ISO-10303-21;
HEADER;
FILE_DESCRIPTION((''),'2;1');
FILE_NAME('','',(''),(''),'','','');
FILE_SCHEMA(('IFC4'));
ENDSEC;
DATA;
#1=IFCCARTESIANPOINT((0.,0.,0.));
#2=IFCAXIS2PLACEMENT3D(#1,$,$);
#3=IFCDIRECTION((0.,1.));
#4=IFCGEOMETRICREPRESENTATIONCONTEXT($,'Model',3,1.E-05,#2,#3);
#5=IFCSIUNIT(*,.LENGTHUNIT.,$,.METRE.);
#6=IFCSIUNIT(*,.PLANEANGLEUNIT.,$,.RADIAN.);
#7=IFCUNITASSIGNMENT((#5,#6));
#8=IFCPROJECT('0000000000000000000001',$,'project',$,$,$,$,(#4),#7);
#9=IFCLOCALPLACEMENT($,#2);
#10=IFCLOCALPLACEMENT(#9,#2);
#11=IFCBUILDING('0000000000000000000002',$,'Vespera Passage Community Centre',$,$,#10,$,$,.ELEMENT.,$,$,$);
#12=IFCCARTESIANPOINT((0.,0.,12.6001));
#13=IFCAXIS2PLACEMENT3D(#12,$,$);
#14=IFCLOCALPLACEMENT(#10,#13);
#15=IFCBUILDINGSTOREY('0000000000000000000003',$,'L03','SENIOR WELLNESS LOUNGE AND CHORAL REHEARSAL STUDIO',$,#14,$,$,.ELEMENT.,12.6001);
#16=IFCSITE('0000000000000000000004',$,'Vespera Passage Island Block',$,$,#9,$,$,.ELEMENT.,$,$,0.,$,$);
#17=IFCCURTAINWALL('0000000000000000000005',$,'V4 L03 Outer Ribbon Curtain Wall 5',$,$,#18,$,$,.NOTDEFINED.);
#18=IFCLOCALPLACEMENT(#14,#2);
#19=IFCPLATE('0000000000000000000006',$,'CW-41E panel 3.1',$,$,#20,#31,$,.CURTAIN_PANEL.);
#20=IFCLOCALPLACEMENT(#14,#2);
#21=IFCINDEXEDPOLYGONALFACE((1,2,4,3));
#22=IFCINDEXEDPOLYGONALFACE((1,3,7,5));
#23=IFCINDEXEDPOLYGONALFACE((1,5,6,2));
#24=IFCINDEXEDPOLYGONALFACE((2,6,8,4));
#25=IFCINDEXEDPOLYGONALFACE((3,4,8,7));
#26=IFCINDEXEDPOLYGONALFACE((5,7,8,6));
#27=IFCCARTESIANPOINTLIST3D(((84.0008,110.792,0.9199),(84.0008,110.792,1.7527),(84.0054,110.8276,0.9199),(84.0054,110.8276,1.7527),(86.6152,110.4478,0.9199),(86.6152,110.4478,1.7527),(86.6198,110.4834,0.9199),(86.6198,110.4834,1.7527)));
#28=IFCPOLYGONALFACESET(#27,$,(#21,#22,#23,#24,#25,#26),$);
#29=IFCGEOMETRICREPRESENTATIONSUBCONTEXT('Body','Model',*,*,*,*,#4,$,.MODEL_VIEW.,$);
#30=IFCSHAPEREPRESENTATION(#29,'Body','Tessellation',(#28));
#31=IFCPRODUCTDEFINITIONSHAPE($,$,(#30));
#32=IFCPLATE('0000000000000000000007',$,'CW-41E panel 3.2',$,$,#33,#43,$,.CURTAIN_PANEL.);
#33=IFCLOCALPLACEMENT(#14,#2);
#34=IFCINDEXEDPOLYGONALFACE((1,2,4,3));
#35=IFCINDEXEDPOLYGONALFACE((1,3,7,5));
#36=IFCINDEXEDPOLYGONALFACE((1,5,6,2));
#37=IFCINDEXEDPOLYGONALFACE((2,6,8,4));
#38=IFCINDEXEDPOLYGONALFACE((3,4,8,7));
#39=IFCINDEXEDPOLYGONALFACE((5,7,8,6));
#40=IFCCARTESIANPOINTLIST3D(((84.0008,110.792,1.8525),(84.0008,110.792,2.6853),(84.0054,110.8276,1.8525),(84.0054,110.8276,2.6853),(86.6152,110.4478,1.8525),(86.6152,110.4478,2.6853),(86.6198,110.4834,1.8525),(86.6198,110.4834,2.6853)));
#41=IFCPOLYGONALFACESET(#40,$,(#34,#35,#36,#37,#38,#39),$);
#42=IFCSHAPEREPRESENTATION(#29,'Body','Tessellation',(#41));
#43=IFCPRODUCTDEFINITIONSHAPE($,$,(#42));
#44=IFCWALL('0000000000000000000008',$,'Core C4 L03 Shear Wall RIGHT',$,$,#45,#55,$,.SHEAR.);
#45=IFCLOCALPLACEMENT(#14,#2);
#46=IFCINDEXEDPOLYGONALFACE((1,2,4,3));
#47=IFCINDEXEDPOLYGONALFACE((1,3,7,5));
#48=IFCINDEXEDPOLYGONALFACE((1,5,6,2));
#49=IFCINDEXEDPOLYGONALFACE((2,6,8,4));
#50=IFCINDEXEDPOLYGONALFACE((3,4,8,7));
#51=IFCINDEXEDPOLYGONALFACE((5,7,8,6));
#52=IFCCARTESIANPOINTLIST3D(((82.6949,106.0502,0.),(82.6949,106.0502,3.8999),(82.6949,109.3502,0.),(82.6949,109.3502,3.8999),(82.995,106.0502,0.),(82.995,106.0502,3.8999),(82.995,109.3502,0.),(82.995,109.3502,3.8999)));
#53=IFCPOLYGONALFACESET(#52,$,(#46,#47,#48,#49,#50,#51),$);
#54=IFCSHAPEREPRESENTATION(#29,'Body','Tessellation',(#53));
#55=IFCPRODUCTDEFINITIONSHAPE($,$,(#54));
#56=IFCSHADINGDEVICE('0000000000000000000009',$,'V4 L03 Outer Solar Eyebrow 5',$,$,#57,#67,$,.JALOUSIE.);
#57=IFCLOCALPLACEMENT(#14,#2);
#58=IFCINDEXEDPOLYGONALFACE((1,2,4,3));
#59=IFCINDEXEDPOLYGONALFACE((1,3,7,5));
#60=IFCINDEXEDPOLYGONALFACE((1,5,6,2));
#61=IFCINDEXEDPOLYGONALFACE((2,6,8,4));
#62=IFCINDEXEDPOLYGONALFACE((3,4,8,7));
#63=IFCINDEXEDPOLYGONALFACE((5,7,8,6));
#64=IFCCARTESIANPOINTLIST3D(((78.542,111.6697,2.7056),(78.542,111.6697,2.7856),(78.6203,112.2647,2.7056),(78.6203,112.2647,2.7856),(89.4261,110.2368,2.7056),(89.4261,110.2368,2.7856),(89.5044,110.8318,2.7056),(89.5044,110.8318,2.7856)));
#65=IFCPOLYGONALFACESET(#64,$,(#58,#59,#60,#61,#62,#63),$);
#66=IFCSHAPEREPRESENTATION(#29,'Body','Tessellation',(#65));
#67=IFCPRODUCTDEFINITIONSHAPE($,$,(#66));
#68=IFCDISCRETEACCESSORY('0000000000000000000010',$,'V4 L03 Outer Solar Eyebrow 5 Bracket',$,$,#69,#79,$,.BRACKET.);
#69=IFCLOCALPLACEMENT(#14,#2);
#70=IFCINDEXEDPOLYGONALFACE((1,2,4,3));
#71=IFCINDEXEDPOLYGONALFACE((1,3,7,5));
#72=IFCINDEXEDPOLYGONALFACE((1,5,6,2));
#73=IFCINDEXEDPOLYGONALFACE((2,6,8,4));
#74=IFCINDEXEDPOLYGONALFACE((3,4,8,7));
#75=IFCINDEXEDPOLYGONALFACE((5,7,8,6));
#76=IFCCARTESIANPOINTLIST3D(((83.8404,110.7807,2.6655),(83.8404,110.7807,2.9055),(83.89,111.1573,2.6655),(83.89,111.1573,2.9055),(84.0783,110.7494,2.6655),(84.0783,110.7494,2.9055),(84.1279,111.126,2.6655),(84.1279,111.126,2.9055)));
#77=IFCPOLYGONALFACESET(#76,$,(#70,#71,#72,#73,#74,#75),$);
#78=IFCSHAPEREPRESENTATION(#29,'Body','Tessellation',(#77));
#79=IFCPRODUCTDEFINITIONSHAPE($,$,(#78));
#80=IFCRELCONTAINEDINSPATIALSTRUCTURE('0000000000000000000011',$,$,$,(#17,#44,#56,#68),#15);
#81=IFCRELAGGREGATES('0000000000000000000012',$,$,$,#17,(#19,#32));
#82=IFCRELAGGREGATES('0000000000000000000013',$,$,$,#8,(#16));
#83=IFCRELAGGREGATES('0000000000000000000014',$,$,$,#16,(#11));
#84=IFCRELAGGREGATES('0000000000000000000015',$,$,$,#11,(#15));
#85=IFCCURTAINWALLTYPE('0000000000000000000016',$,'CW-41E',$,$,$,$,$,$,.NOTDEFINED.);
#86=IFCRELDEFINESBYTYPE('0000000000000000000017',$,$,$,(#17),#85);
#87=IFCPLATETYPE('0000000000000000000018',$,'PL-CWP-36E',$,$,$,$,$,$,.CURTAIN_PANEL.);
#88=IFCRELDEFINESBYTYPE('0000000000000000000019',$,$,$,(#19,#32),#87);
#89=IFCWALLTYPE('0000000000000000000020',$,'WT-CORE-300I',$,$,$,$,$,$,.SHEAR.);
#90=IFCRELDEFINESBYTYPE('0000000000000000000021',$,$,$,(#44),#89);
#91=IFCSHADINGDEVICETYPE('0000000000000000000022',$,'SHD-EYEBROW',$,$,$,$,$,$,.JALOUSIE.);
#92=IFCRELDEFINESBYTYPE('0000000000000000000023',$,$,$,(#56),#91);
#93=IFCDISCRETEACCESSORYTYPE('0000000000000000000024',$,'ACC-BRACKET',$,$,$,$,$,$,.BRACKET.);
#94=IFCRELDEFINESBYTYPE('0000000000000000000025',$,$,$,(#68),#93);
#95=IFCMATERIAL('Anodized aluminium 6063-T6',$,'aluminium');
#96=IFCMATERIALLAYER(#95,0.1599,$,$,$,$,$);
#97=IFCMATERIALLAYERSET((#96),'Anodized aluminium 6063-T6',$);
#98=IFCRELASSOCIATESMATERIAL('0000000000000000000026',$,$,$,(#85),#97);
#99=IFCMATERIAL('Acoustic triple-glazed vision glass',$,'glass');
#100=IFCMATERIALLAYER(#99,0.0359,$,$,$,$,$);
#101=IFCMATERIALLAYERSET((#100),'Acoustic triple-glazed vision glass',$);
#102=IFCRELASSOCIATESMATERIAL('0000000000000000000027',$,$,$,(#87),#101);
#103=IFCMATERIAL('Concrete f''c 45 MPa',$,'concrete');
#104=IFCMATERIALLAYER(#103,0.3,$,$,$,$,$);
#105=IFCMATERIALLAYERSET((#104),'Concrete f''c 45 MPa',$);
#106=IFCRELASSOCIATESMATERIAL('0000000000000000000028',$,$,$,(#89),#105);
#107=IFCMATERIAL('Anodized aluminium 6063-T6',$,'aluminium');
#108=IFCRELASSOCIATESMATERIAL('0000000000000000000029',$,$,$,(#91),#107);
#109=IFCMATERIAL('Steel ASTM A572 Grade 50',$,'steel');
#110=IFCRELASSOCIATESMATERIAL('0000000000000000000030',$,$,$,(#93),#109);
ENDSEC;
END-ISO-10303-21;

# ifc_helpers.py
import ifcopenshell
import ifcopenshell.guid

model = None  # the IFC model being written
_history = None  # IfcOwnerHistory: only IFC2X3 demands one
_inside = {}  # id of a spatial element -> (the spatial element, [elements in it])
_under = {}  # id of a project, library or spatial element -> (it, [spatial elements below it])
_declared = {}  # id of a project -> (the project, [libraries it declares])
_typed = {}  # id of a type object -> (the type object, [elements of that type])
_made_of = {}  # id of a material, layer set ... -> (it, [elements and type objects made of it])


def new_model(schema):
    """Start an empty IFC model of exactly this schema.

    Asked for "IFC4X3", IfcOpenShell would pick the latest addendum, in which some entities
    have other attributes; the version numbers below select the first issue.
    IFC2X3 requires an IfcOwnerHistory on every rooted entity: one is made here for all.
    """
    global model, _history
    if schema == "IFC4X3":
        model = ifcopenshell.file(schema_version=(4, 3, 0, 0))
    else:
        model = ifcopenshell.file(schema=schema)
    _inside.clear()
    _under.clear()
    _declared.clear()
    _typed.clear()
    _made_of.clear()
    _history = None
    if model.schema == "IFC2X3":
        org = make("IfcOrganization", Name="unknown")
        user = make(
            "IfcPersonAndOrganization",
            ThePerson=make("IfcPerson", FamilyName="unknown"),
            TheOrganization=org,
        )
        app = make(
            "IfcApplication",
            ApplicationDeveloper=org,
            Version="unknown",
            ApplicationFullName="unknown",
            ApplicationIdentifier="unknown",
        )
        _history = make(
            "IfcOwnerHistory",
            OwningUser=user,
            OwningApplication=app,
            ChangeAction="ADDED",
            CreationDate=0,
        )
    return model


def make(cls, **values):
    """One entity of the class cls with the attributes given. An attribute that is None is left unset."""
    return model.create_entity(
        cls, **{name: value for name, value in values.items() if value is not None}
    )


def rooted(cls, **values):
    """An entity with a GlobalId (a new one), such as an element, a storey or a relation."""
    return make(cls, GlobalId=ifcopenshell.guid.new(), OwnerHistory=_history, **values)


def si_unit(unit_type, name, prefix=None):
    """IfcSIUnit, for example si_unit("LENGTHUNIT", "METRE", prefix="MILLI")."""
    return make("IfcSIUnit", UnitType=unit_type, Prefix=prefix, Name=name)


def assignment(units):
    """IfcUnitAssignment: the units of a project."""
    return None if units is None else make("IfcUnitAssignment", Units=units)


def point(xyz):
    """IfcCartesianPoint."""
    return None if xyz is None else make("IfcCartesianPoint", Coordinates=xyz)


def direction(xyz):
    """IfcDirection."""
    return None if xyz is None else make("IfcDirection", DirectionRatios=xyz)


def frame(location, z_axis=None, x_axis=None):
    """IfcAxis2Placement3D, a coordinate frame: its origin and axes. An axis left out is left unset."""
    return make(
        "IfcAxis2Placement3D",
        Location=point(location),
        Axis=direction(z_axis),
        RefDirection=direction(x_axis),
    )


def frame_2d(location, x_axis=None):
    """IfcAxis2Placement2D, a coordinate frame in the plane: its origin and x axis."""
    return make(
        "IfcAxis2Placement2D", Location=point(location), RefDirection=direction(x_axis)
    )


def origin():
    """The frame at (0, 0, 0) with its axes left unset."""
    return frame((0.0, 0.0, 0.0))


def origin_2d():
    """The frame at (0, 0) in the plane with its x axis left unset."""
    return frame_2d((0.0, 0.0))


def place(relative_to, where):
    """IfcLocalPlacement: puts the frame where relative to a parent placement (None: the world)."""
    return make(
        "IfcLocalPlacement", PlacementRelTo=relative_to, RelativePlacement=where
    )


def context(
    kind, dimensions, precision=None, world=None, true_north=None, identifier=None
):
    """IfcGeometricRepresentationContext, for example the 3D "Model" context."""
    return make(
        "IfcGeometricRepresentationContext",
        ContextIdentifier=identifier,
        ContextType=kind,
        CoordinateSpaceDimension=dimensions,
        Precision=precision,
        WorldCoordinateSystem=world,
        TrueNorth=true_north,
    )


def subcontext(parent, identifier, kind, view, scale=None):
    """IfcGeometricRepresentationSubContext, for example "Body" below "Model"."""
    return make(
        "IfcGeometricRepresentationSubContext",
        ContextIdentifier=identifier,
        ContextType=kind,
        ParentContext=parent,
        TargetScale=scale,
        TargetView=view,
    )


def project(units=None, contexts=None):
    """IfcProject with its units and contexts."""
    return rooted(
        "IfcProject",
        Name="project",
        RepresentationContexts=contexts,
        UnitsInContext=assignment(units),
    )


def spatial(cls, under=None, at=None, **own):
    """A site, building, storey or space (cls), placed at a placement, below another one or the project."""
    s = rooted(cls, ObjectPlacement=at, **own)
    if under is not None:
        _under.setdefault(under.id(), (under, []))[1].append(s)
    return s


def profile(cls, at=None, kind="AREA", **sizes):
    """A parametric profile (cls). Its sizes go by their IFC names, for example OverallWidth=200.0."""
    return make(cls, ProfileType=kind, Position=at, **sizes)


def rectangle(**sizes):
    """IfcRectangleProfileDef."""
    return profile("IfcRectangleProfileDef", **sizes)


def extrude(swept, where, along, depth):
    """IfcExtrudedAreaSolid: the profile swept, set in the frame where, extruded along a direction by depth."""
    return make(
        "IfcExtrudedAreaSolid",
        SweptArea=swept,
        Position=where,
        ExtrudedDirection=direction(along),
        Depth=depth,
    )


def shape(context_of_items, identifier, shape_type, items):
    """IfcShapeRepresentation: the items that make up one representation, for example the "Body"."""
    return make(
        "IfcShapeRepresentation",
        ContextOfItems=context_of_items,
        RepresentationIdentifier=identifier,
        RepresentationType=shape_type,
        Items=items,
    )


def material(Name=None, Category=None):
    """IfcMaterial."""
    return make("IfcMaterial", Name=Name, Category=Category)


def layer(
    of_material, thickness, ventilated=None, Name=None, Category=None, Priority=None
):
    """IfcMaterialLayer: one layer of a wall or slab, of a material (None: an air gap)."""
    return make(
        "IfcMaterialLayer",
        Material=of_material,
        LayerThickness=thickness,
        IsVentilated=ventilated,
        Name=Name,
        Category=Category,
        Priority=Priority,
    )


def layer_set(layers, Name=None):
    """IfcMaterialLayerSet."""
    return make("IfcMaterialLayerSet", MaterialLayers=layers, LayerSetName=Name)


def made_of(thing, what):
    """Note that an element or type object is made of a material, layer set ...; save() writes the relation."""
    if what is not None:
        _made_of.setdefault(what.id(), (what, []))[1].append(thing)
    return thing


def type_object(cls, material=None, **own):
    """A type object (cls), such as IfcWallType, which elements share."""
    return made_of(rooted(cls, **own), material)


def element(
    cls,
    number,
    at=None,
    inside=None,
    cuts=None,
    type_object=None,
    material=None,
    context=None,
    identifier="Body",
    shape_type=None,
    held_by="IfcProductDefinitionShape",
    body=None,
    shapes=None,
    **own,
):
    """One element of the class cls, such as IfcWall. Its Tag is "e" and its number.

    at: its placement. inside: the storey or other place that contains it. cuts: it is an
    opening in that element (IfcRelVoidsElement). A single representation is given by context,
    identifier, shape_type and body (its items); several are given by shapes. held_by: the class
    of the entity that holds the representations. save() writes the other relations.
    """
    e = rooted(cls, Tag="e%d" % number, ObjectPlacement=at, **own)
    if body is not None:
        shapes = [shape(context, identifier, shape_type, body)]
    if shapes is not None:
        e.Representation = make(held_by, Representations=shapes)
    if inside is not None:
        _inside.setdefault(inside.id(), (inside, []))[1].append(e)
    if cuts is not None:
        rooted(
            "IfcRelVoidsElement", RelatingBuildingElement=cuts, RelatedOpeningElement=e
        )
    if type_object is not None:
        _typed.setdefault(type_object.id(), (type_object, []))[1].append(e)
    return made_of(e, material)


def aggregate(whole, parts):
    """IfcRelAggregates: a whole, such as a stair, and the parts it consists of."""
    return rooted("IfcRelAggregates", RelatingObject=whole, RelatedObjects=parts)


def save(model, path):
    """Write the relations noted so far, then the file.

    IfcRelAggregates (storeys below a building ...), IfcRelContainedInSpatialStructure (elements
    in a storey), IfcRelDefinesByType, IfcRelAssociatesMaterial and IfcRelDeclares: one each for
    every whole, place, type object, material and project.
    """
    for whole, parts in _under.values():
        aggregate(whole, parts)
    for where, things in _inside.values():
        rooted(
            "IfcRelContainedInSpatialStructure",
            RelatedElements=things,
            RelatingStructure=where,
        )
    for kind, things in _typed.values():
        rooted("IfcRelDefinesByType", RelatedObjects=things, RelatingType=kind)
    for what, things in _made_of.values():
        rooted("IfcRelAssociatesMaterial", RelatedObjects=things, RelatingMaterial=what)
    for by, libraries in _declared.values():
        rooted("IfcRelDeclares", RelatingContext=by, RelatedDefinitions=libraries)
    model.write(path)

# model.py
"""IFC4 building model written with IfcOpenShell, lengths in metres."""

from ifc_helpers import new_model, si_unit, direction, frame, frame_2d, origin, origin_2d, place, context, subcontext, project, spatial, rectangle, extrude, material, layer, layer_set, type_object, element, aggregate, save


model = new_model("IFC4")

# Units and contexts
model_context = context("Model", 3, precision=1e-05, world=origin(), true_north=direction((0.0, 1.0)))
body_context = subcontext(model_context, "Body", "Model", "MODEL_VIEW")
ifc_project = project(units=[si_unit("LENGTHUNIT", "METRE"), si_unit("PLANEANGLEUNIT", "RADIAN")], contexts=[model_context])

# Site, building, storey
site_placement = place(None, origin())
site = spatial("IfcSite", under=ifc_project, at=site_placement, Name="Vespera Passage Island Block", CompositionType="ELEMENT", RefElevation=0.0)
building_placement = place(site_placement, origin())
building = spatial("IfcBuilding", under=site, at=building_placement, Name="Vespera Passage Community Centre", CompositionType="ELEMENT")
storey_placement = place(building_placement, frame((0.0, 0.0, 12.6001)))
storey = spatial("IfcBuildingStorey", under=building, at=storey_placement, Name="L03", Description="SENIOR WELLNESS LOUNGE AND CHORAL REHEARSAL STUDIO", CompositionType="ELEMENT", Elevation=12.6001)

# Curtain wall, plates
ifc_material_1 = material(Name="Anodized aluminium 6063-T6", Category="aluminium")
ifc_layer_1 = layer(ifc_material_1, 0.1599)
ifc_layer_set_1 = layer_set([ifc_layer_1], Name="Anodized aluminium 6063-T6")
curtain_wall_type = type_object("IfcCurtainWallType", Name="CW-41E", PredefinedType="NOTDEFINED", material=ifc_layer_set_1)
curtain_wall_placement = place(storey_placement, origin())
curtain_wall = element("IfcCurtainWall", 1, at=curtain_wall_placement, inside=storey, type_object=curtain_wall_type, Name="V4 L03 Outer Ribbon Curtain Wall 5", PredefinedType="NOTDEFINED")
ifc_material_2 = material(Name="Acoustic triple-glazed vision glass", Category="glass")
ifc_layer_2 = layer(ifc_material_2, 0.0359)
ifc_layer_set_2 = layer_set([ifc_layer_2], Name="Acoustic triple-glazed vision glass")
plate_type = type_object("IfcPlateType", Name="PL-CWP-36E", PredefinedType="CURTAIN_PANEL", material=ifc_layer_set_2)
plate_1_placement = place(storey_placement, frame((85.3103, 110.6377, 0.9199), z_axis=(0.0, 0.0, 1.0), x_axis=(0.991444, -0.130531, 0.0)))
plate_1 = element("IfcPlate", 2, at=plate_1_placement, type_object=plate_type, Name="CW-41E panel 3.1", PredefinedType="CURTAIN_PANEL", context=body_context, shape_type="SweptSolid", body=[
    extrude(rectangle(XDim=2.637, YDim=0.0359, at=origin_2d()), origin(), (0.0, 0.0, 1.0), 0.8328),
])
plate_2_placement = place(storey_placement, frame((85.3103, 110.6377, 1.8525), z_axis=(0.0, 0.0, 1.0), x_axis=(0.991444, -0.130531, 0.0)))
plate_2 = element("IfcPlate", 3, at=plate_2_placement, type_object=plate_type, Name="CW-41E panel 3.2", PredefinedType="CURTAIN_PANEL", context=body_context, shape_type="SweptSolid", body=[
    extrude(rectangle(XDim=2.637, YDim=0.0359, at=origin_2d()), origin(), (0.0, 0.0, 1.0), 0.8328),
])
aggregate(curtain_wall, [plate_1, plate_2])

# Wall
ifc_material_3 = material(Name="Concrete f'c 45 MPa", Category="concrete")
ifc_layer_3 = layer(ifc_material_3, 0.3)
ifc_layer_set_3 = layer_set([ifc_layer_3], Name="Concrete f'c 45 MPa")
wall_type = type_object("IfcWallType", Name="WT-CORE-300I", PredefinedType="SHEAR", material=ifc_layer_set_3)
wall_placement = place(storey_placement, frame((82.845, 109.3501, 0.0), z_axis=(0.0, 0.0, 1.0), x_axis=(0.0, -1.0, 0.0)))
element("IfcWall", 4, at=wall_placement, inside=storey, type_object=wall_type, Name="Core C4 L03 Shear Wall RIGHT", PredefinedType="SHEAR", context=body_context, shape_type="SweptSolid", body=[
    extrude(rectangle(XDim=3.3, YDim=0.3, at=frame_2d((1.6499, 0.0))), origin(), (0.0, 0.0, 1.0), 3.8999),
])

# Shading device
ifc_material_4 = material(Name="Anodized aluminium 6063-T6", Category="aluminium")
shading_device_type = type_object("IfcShadingDeviceType", Name="SHD-EYEBROW", PredefinedType="JALOUSIE", material=ifc_material_4)
shading_device_placement = place(storey_placement, frame((84.0232, 111.2507, 2.7056), z_axis=(0.0, 0.0, 1.0), x_axis=(0.991445, -0.130526, 0.0)))
element("IfcShadingDevice", 5, at=shading_device_placement, inside=storey, type_object=shading_device_type, Name="V4 L03 Outer Solar Eyebrow 5", PredefinedType="JALOUSIE", context=body_context, shape_type="SweptSolid", body=[
    extrude(rectangle(XDim=10.978, YDim=0.6001, at=origin_2d()), origin(), (0.0, 0.0, 1.0), 0.0801),
])

# Discrete accessory
ifc_material_5 = material(Name="Steel ASTM A572 Grade 50", Category="steel")
discrete_accessory_type = type_object("IfcDiscreteAccessoryType", Name="ACC-BRACKET", PredefinedType="BRACKET", material=ifc_material_5)
discrete_accessory_placement = place(storey_placement, frame((83.9841, 110.9534, 2.6655), z_axis=(0.0, 0.0, 1.0), x_axis=(0.991445, -0.130526, 0.0)))
element("IfcDiscreteAccessory", 6, at=discrete_accessory_placement, inside=storey, type_object=discrete_accessory_type, Name="V4 L03 Outer Solar Eyebrow 5 Bracket", PredefinedType="BRACKET", context=body_context, shape_type="SweptSolid", body=[
    extrude(rectangle(XDim=0.24, YDim=0.3799, at=origin_2d()), origin(), (0.0, 0.0, 1.0), 0.24),
])

save(model, "model.ifc")
